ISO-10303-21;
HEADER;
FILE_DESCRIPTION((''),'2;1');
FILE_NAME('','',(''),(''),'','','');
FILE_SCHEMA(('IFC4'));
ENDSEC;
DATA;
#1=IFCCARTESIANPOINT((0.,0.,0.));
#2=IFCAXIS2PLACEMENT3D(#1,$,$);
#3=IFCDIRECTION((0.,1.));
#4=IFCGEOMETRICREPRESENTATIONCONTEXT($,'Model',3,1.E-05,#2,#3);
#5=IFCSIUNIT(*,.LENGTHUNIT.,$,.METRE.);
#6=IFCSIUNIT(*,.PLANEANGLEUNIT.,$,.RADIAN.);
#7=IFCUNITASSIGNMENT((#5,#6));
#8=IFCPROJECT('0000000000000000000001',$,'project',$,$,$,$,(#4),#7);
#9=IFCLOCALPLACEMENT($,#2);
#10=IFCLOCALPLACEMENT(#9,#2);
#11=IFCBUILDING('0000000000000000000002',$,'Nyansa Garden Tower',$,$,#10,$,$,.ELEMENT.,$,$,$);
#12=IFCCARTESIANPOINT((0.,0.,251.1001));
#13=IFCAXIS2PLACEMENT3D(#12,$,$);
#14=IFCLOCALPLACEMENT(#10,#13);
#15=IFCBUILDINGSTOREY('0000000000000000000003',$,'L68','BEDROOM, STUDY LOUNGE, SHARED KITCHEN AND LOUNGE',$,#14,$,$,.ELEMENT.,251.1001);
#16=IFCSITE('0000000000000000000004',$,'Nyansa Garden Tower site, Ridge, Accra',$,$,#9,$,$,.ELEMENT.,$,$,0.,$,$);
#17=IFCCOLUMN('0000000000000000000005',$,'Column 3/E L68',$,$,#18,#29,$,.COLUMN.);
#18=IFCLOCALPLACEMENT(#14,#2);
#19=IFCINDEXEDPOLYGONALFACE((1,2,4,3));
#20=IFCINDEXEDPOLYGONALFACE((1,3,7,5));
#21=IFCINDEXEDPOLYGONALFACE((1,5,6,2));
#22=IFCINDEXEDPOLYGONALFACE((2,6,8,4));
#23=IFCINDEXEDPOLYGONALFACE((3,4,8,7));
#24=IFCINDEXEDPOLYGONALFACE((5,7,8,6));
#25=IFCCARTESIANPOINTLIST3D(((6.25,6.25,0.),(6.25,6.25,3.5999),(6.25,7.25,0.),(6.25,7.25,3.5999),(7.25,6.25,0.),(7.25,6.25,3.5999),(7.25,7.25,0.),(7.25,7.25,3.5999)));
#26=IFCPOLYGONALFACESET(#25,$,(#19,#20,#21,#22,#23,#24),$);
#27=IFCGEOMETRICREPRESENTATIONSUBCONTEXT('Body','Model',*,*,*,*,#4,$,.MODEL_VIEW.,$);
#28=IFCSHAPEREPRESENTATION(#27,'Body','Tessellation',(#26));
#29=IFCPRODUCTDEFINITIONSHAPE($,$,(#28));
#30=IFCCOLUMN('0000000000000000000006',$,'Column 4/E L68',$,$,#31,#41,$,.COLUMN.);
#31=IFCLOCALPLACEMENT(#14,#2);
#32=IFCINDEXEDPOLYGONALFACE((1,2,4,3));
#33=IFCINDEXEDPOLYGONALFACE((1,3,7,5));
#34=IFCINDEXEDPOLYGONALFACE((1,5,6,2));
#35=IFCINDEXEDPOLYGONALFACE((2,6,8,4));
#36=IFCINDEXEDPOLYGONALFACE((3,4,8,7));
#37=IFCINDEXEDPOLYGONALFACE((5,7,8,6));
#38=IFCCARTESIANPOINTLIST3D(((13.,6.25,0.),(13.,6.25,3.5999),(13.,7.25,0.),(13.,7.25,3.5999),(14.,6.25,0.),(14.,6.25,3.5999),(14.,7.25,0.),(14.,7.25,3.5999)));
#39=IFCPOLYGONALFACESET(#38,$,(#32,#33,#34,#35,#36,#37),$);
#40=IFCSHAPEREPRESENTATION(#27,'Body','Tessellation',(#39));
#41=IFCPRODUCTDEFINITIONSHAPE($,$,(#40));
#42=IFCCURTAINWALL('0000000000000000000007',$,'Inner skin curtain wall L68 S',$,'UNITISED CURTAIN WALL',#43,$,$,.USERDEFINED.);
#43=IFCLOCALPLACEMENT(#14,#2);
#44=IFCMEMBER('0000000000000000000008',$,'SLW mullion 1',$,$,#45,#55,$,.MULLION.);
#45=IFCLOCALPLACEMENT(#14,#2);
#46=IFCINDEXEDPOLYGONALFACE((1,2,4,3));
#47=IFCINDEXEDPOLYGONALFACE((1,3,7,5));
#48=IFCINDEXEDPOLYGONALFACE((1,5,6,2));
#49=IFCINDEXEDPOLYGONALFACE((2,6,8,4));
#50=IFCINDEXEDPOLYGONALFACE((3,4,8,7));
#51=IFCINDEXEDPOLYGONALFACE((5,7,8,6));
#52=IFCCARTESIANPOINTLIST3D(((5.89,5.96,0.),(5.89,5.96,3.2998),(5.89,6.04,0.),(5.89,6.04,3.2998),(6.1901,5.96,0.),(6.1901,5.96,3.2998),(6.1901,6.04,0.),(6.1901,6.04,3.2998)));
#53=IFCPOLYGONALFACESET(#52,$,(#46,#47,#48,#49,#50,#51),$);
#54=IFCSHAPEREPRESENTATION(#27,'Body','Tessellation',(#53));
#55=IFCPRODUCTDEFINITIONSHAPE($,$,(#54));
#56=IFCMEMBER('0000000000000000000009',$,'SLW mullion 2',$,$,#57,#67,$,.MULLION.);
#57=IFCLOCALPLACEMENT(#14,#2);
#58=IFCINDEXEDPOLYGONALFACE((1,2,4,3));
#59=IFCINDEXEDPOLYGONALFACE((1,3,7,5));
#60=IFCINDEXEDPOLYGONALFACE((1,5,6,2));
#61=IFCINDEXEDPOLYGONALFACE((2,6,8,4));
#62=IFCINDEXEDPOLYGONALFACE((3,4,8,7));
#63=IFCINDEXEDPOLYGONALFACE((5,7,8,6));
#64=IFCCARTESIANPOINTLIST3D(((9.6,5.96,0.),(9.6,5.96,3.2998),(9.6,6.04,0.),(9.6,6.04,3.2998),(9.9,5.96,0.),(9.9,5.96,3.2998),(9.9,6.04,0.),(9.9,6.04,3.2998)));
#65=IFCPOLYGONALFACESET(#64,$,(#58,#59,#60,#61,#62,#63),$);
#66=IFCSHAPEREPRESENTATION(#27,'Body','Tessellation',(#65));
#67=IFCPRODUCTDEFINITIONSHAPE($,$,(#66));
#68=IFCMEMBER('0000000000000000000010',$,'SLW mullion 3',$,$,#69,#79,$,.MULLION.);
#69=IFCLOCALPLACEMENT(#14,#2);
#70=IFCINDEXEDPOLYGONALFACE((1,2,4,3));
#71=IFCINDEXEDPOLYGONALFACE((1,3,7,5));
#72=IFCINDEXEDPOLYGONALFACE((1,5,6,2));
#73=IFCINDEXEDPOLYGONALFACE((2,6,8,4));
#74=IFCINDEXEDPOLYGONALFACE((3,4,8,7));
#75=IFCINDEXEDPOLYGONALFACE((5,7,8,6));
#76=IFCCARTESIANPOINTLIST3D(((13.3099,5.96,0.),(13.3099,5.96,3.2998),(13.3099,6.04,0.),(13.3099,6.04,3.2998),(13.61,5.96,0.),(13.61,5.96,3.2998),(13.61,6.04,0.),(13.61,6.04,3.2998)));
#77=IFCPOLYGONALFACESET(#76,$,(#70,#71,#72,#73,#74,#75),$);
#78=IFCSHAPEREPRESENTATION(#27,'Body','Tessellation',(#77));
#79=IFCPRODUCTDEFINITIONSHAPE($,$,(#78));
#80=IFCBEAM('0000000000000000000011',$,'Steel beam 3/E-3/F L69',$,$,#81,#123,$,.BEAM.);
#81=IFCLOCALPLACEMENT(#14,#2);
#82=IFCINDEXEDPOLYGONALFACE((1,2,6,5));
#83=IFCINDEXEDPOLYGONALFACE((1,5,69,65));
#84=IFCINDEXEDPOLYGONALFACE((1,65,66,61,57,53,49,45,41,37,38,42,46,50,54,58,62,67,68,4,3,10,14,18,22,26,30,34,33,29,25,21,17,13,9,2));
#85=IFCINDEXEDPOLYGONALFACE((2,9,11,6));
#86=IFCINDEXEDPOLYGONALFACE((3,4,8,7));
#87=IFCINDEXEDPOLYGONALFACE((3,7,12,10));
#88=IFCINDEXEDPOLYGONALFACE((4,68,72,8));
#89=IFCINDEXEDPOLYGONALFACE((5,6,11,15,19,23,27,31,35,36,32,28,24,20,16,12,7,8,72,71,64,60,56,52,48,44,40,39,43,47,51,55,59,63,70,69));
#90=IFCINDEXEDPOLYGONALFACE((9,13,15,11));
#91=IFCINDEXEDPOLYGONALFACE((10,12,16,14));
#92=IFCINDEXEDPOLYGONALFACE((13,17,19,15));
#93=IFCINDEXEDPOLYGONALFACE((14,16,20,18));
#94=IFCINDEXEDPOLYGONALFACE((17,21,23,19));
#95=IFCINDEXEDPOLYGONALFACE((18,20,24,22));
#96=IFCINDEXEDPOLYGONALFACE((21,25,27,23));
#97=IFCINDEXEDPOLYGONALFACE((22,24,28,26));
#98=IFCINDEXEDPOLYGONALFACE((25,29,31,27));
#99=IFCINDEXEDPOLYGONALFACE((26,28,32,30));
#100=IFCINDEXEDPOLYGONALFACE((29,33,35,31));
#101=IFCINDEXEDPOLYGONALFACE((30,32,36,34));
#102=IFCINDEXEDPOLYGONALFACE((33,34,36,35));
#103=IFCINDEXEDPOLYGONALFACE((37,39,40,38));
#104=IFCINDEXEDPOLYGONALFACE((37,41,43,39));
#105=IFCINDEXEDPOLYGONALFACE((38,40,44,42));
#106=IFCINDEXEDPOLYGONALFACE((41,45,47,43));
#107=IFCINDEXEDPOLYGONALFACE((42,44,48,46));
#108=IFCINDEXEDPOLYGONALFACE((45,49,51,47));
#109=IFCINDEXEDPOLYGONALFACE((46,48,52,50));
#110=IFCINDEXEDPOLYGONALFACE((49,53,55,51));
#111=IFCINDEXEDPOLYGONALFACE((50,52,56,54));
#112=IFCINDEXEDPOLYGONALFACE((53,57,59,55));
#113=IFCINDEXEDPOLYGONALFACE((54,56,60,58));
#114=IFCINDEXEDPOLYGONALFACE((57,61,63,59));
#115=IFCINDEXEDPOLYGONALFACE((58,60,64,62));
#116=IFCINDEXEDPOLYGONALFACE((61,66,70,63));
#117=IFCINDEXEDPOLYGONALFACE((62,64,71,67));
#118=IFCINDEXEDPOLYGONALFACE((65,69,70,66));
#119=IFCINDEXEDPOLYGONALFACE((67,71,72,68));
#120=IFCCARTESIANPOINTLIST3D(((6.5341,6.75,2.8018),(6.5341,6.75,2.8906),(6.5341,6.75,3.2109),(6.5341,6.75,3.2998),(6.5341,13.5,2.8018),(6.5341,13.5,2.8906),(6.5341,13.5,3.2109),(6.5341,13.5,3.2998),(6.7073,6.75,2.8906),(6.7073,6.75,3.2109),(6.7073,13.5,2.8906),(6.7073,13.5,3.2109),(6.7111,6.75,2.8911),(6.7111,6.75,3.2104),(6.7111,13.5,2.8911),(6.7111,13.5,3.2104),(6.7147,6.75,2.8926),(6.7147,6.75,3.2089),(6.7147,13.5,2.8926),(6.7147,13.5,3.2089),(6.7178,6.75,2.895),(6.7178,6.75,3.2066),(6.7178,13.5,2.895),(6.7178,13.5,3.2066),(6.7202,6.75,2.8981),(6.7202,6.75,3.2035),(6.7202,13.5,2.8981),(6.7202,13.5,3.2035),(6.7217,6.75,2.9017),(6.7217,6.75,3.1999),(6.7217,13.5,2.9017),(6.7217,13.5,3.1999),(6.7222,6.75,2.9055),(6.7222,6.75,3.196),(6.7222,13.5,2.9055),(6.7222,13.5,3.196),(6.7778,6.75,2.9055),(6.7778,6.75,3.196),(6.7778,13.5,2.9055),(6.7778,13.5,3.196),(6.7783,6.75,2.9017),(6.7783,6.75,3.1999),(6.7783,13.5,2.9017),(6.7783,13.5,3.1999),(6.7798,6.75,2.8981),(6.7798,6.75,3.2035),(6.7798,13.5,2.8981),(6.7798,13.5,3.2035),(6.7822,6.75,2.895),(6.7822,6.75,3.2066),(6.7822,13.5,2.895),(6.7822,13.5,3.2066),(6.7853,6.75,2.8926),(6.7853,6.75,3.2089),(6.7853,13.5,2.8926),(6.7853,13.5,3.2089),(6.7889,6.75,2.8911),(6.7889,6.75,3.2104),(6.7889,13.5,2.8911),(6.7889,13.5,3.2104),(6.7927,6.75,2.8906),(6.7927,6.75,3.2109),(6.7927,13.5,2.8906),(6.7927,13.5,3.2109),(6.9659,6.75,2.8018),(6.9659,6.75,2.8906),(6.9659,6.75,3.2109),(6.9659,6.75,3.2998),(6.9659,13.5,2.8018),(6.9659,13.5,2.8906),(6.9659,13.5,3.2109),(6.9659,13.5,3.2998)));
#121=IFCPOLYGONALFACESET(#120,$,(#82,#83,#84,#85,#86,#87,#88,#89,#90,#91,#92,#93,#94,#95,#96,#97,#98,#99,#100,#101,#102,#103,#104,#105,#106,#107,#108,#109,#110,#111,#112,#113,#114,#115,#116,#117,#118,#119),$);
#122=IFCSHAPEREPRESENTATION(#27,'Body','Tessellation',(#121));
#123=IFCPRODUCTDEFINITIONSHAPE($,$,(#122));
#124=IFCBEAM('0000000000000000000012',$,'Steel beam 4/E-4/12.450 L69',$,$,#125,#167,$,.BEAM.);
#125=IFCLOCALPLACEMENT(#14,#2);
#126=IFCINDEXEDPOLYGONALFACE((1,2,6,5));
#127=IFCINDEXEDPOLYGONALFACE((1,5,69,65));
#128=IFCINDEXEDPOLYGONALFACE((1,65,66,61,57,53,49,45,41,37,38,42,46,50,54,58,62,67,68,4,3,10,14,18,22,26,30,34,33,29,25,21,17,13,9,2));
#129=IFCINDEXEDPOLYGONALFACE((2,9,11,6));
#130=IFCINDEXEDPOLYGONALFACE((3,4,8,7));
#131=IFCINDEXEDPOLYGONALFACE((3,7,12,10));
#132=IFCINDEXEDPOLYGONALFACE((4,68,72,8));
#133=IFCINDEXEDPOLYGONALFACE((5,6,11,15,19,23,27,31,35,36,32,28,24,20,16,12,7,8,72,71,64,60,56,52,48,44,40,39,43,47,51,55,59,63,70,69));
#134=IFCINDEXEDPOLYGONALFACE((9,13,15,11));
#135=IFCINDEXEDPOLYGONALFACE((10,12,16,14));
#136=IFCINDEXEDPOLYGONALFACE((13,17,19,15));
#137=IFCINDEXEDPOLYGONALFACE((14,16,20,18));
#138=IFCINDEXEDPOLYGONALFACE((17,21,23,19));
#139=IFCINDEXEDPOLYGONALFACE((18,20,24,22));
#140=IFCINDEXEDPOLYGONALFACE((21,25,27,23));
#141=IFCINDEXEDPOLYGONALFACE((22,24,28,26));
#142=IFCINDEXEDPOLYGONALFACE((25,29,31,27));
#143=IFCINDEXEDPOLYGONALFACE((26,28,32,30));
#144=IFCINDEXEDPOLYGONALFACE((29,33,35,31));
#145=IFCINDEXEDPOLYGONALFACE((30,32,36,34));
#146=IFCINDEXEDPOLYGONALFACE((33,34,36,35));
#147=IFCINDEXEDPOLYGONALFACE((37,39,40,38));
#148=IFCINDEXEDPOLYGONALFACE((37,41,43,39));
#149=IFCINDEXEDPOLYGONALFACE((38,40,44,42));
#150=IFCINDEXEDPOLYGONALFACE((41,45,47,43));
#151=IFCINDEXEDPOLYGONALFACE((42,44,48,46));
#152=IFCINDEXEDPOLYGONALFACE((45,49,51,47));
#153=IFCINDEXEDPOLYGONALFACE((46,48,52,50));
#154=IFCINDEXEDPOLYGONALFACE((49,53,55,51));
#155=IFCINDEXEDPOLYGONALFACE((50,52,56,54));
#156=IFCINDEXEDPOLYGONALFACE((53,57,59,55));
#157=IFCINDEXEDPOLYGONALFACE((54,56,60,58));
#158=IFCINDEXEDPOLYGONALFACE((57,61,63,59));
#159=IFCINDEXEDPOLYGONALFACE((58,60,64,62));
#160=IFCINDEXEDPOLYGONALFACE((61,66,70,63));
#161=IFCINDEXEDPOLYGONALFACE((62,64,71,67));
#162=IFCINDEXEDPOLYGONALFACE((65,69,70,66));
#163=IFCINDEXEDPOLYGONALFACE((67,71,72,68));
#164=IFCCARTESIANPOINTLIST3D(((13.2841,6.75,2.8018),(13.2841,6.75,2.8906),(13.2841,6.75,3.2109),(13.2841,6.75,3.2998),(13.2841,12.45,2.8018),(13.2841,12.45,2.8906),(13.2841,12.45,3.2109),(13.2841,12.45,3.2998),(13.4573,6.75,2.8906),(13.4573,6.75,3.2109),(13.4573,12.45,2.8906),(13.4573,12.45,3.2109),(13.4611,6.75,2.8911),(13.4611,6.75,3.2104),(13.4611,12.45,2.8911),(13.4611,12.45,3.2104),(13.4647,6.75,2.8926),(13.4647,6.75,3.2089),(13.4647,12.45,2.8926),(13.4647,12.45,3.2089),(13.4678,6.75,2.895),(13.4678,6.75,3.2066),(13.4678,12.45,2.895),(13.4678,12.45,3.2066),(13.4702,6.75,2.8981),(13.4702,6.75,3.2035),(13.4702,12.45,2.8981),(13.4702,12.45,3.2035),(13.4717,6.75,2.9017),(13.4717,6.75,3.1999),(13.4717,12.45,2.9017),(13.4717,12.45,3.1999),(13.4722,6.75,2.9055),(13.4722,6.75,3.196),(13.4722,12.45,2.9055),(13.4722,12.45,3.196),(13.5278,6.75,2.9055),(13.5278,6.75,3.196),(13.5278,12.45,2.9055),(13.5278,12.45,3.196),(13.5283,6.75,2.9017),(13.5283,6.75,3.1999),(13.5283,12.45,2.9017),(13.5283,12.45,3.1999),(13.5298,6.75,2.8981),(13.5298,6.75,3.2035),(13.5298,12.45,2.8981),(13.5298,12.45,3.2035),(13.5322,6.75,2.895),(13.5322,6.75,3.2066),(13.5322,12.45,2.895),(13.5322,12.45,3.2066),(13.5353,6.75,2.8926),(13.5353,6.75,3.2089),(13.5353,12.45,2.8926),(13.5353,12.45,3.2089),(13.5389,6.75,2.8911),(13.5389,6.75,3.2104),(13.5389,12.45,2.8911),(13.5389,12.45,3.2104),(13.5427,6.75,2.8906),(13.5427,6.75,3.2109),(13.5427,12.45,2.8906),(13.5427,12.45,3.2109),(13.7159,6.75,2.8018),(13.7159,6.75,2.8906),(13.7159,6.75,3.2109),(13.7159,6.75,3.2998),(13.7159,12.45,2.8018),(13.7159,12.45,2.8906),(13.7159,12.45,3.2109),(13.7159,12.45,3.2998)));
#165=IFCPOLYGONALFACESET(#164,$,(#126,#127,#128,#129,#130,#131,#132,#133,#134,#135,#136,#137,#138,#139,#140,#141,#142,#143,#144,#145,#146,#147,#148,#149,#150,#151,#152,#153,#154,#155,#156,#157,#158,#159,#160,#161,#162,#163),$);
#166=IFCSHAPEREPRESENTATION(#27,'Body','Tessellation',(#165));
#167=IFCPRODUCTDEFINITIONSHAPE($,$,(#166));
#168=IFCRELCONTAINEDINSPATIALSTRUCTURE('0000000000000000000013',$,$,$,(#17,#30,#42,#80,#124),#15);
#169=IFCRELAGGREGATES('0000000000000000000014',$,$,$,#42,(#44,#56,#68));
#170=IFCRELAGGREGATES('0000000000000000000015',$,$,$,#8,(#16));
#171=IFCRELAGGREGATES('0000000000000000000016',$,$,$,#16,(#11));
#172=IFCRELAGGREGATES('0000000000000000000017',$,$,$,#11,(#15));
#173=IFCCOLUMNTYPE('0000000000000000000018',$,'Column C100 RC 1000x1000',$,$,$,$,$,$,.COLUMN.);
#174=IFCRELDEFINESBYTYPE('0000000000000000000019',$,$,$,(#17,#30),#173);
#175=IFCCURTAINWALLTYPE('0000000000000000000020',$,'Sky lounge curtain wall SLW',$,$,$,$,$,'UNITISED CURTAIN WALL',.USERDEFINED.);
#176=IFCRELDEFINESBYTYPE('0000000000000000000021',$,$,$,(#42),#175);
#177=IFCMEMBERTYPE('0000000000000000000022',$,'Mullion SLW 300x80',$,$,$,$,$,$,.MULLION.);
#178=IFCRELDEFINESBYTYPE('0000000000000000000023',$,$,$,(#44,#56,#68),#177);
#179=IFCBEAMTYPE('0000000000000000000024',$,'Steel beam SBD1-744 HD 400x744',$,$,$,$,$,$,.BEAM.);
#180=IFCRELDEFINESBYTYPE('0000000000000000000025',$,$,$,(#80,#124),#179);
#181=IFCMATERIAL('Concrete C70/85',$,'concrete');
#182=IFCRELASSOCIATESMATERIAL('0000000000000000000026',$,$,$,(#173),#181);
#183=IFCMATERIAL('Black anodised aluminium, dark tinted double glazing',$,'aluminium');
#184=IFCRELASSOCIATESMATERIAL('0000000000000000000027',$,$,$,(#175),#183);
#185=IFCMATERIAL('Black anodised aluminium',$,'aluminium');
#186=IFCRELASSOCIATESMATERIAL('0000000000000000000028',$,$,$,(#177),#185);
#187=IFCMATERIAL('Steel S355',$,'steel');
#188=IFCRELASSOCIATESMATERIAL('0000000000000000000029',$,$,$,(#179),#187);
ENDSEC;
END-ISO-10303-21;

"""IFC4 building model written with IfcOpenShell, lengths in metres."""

from ifc_helpers import new_model, si_unit, direction, frame, origin, origin_2d, place, context, subcontext, project, spatial, rectangle, i_section, extrude, material, material_profile, profile_set, type_object, element, aggregate, save


model = new_model("IFC4")

# Units and contexts
model_context = context("Model", 3, precision=1e-05, world=origin(), true_north=direction((0.0, 1.0)))
body_context = subcontext(model_context, "Body", "Model", "MODEL_VIEW")
ifc_project = project(units=[si_unit("LENGTHUNIT", "METRE"), si_unit("PLANEANGLEUNIT", "RADIAN")], contexts=[model_context])

# Site, building, storey
site_placement = place(None, origin())
site = spatial("IfcSite", under=ifc_project, at=site_placement, Name="Nyansa Garden Tower site, Ridge, Accra", CompositionType="ELEMENT", RefElevation=0.0)
building_placement = place(site_placement, origin())
building = spatial("IfcBuilding", under=site, at=building_placement, Name="Nyansa Garden Tower", CompositionType="ELEMENT")
storey_placement = place(building_placement, frame((0.0, 0.0, 251.1001)))
storey = spatial("IfcBuildingStorey", under=building, at=storey_placement, Name="L68", Description="BEDROOM, STUDY LOUNGE, SHARED KITCHEN AND LOUNGE", CompositionType="ELEMENT", Elevation=251.1001)

# Columns
ifc_material_1 = material(Name="Concrete C70/85", Category="concrete")
ifc_material_profile_1 = material_profile(ifc_material_1, rectangle(XDim=1.0, YDim=1.0, at=origin_2d()), Name="RC 1000x1000")
ifc_profile_set_1 = profile_set([ifc_material_profile_1], Name="Concrete C70/85")
column_type = type_object("IfcColumnType", Name="Column C100 RC 1000x1000", PredefinedType="COLUMN", material=ifc_profile_set_1)
for number, where, z_axis, x_axis, name in (
    (1, (6.75, 6.75, 0.0), (0.0, 0.0, 1.0), (1.0, 0.0, 0.0), "Column 3/E L68"),
    (2, (13.5, 6.75, 0.0), (0.0, 0.0, 1.0), (1.0, 0.0, 0.0), "Column 4/E L68"),
):
    element("IfcColumn", number, at=place(storey_placement, frame(where, z_axis=z_axis, x_axis=x_axis)), inside=storey, type_object=column_type, Name=name, PredefinedType="COLUMN", context=body_context, shape_type="SweptSolid", body=[
        extrude(rectangle(XDim=1.0, YDim=1.0, at=origin_2d()), origin(), (0.0, 0.0, 1.0), 3.5999),
    ])

# Curtain wall, members
ifc_material_2 = material(Name="Black anodised aluminium, dark tinted double glazing", Category="aluminium")
curtain_wall_type = type_object("IfcCurtainWallType", Name="Sky lounge curtain wall SLW", ElementType="UNITISED CURTAIN WALL", PredefinedType="USERDEFINED", material=ifc_material_2)
curtain_wall_placement = place(storey_placement, origin())
curtain_wall = element("IfcCurtainWall", 3, at=curtain_wall_placement, inside=storey, type_object=curtain_wall_type, Name="Inner skin curtain wall L68 S", ObjectType="UNITISED CURTAIN WALL", PredefinedType="USERDEFINED")
ifc_material_3 = material(Name="Black anodised aluminium", Category="aluminium")
ifc_material_profile_2 = material_profile(ifc_material_3, rectangle(XDim=0.0801, YDim=0.3, at=origin_2d()), Name="Mullion 300x80")
ifc_profile_set_2 = profile_set([ifc_material_profile_2], Name="Black anodised aluminium")
member_type_1 = type_object("IfcMemberType", Name="Mullion SLW 300x80", PredefinedType="MULLION", material=ifc_profile_set_2)
member_1_placement = place(storey_placement, frame((6.04, 6.0, 0.0), z_axis=(0.0, 0.0, 1.0), x_axis=(0.0, 1.0, 0.0)))
member_1 = element("IfcMember", 4, at=member_1_placement, type_object=member_type_1, Name="SLW mullion 1", PredefinedType="MULLION", context=body_context, shape_type="SweptSolid", body=[
    extrude(rectangle(XDim=0.0801, YDim=0.3, at=origin_2d()), origin(), (0.0, 0.0, 1.0), 3.2998),
])
member_2_placement = place(storey_placement, frame((9.75, 6.0, 0.0), z_axis=(0.0, 0.0, 1.0), x_axis=(0.0, 1.0, 0.0)))
member_2 = element("IfcMember", 5, at=member_2_placement, type_object=member_type_1, Name="SLW mullion 2", PredefinedType="MULLION", context=body_context, shape_type="SweptSolid", body=[
    extrude(rectangle(XDim=0.0801, YDim=0.3, at=origin_2d()), origin(), (0.0, 0.0, 1.0), 3.2998),
])
member_3_placement = place(storey_placement, frame((13.46, 6.0, 0.0), z_axis=(0.0, 0.0, 1.0), x_axis=(0.0, 1.0, 0.0)))
member_3 = element("IfcMember", 6, at=member_3_placement, type_object=member_type_1, Name="SLW mullion 3", PredefinedType="MULLION", context=body_context, shape_type="SweptSolid", body=[
    extrude(rectangle(XDim=0.0801, YDim=0.3, at=origin_2d()), origin(), (0.0, 0.0, 1.0), 3.2998),
])

# Beams
ifc_material_4 = material(Name="Steel S355", Category="steel")
ifc_material_profile_3 = material_profile(ifc_material_4, i_section(OverallWidth=0.4319, OverallDepth=0.498, WebThickness=0.0557, FlangeThickness=0.0889, FilletRadius=0.0149, at=origin_2d()), Name="HD 400x744")
ifc_profile_set_3 = profile_set([ifc_material_profile_3], Name="Steel S355")
beam_type_1 = type_object("IfcBeamType", Name="Steel beam SBD1-744 HD 400x744", PredefinedType="BEAM", material=ifc_profile_set_3)
beam_1_placement = place(storey_placement, frame((6.75, 6.75, 3.0508), z_axis=(0.0, 1.0, 0.0), x_axis=(-1.0, 0.0, 0.0)))
element("IfcBeam", 7, at=beam_1_placement, inside=storey, type_object=beam_type_1, Name="Steel beam 3/E-3/F L69", PredefinedType="BEAM", context=body_context, shape_type="SweptSolid", body=[
    extrude(i_section(OverallWidth=0.4319, OverallDepth=0.498, WebThickness=0.0557, FlangeThickness=0.0889, FilletRadius=0.0149, at=origin_2d()), origin(), (0.0, 0.0, 1.0), 6.75),
])
beam_2_placement = place(storey_placement, frame((13.5, 6.75, 3.0508), z_axis=(0.0, 1.0, 0.0), x_axis=(-1.0, 0.0, 0.0)))
element("IfcBeam", 8, at=beam_2_placement, inside=storey, type_object=beam_type_1, Name="Steel beam 4/E-4/12.450 L69", PredefinedType="BEAM", context=body_context, shape_type="SweptSolid", body=[
    extrude(i_section(OverallWidth=0.4319, OverallDepth=0.498, WebThickness=0.0557, FlangeThickness=0.0889, FilletRadius=0.0149, at=origin_2d()), origin(), (0.0, 0.0, 1.0), 5.7),
])

aggregate(curtain_wall, [member_1, member_2, member_3])

save(model, "model.ifc")
